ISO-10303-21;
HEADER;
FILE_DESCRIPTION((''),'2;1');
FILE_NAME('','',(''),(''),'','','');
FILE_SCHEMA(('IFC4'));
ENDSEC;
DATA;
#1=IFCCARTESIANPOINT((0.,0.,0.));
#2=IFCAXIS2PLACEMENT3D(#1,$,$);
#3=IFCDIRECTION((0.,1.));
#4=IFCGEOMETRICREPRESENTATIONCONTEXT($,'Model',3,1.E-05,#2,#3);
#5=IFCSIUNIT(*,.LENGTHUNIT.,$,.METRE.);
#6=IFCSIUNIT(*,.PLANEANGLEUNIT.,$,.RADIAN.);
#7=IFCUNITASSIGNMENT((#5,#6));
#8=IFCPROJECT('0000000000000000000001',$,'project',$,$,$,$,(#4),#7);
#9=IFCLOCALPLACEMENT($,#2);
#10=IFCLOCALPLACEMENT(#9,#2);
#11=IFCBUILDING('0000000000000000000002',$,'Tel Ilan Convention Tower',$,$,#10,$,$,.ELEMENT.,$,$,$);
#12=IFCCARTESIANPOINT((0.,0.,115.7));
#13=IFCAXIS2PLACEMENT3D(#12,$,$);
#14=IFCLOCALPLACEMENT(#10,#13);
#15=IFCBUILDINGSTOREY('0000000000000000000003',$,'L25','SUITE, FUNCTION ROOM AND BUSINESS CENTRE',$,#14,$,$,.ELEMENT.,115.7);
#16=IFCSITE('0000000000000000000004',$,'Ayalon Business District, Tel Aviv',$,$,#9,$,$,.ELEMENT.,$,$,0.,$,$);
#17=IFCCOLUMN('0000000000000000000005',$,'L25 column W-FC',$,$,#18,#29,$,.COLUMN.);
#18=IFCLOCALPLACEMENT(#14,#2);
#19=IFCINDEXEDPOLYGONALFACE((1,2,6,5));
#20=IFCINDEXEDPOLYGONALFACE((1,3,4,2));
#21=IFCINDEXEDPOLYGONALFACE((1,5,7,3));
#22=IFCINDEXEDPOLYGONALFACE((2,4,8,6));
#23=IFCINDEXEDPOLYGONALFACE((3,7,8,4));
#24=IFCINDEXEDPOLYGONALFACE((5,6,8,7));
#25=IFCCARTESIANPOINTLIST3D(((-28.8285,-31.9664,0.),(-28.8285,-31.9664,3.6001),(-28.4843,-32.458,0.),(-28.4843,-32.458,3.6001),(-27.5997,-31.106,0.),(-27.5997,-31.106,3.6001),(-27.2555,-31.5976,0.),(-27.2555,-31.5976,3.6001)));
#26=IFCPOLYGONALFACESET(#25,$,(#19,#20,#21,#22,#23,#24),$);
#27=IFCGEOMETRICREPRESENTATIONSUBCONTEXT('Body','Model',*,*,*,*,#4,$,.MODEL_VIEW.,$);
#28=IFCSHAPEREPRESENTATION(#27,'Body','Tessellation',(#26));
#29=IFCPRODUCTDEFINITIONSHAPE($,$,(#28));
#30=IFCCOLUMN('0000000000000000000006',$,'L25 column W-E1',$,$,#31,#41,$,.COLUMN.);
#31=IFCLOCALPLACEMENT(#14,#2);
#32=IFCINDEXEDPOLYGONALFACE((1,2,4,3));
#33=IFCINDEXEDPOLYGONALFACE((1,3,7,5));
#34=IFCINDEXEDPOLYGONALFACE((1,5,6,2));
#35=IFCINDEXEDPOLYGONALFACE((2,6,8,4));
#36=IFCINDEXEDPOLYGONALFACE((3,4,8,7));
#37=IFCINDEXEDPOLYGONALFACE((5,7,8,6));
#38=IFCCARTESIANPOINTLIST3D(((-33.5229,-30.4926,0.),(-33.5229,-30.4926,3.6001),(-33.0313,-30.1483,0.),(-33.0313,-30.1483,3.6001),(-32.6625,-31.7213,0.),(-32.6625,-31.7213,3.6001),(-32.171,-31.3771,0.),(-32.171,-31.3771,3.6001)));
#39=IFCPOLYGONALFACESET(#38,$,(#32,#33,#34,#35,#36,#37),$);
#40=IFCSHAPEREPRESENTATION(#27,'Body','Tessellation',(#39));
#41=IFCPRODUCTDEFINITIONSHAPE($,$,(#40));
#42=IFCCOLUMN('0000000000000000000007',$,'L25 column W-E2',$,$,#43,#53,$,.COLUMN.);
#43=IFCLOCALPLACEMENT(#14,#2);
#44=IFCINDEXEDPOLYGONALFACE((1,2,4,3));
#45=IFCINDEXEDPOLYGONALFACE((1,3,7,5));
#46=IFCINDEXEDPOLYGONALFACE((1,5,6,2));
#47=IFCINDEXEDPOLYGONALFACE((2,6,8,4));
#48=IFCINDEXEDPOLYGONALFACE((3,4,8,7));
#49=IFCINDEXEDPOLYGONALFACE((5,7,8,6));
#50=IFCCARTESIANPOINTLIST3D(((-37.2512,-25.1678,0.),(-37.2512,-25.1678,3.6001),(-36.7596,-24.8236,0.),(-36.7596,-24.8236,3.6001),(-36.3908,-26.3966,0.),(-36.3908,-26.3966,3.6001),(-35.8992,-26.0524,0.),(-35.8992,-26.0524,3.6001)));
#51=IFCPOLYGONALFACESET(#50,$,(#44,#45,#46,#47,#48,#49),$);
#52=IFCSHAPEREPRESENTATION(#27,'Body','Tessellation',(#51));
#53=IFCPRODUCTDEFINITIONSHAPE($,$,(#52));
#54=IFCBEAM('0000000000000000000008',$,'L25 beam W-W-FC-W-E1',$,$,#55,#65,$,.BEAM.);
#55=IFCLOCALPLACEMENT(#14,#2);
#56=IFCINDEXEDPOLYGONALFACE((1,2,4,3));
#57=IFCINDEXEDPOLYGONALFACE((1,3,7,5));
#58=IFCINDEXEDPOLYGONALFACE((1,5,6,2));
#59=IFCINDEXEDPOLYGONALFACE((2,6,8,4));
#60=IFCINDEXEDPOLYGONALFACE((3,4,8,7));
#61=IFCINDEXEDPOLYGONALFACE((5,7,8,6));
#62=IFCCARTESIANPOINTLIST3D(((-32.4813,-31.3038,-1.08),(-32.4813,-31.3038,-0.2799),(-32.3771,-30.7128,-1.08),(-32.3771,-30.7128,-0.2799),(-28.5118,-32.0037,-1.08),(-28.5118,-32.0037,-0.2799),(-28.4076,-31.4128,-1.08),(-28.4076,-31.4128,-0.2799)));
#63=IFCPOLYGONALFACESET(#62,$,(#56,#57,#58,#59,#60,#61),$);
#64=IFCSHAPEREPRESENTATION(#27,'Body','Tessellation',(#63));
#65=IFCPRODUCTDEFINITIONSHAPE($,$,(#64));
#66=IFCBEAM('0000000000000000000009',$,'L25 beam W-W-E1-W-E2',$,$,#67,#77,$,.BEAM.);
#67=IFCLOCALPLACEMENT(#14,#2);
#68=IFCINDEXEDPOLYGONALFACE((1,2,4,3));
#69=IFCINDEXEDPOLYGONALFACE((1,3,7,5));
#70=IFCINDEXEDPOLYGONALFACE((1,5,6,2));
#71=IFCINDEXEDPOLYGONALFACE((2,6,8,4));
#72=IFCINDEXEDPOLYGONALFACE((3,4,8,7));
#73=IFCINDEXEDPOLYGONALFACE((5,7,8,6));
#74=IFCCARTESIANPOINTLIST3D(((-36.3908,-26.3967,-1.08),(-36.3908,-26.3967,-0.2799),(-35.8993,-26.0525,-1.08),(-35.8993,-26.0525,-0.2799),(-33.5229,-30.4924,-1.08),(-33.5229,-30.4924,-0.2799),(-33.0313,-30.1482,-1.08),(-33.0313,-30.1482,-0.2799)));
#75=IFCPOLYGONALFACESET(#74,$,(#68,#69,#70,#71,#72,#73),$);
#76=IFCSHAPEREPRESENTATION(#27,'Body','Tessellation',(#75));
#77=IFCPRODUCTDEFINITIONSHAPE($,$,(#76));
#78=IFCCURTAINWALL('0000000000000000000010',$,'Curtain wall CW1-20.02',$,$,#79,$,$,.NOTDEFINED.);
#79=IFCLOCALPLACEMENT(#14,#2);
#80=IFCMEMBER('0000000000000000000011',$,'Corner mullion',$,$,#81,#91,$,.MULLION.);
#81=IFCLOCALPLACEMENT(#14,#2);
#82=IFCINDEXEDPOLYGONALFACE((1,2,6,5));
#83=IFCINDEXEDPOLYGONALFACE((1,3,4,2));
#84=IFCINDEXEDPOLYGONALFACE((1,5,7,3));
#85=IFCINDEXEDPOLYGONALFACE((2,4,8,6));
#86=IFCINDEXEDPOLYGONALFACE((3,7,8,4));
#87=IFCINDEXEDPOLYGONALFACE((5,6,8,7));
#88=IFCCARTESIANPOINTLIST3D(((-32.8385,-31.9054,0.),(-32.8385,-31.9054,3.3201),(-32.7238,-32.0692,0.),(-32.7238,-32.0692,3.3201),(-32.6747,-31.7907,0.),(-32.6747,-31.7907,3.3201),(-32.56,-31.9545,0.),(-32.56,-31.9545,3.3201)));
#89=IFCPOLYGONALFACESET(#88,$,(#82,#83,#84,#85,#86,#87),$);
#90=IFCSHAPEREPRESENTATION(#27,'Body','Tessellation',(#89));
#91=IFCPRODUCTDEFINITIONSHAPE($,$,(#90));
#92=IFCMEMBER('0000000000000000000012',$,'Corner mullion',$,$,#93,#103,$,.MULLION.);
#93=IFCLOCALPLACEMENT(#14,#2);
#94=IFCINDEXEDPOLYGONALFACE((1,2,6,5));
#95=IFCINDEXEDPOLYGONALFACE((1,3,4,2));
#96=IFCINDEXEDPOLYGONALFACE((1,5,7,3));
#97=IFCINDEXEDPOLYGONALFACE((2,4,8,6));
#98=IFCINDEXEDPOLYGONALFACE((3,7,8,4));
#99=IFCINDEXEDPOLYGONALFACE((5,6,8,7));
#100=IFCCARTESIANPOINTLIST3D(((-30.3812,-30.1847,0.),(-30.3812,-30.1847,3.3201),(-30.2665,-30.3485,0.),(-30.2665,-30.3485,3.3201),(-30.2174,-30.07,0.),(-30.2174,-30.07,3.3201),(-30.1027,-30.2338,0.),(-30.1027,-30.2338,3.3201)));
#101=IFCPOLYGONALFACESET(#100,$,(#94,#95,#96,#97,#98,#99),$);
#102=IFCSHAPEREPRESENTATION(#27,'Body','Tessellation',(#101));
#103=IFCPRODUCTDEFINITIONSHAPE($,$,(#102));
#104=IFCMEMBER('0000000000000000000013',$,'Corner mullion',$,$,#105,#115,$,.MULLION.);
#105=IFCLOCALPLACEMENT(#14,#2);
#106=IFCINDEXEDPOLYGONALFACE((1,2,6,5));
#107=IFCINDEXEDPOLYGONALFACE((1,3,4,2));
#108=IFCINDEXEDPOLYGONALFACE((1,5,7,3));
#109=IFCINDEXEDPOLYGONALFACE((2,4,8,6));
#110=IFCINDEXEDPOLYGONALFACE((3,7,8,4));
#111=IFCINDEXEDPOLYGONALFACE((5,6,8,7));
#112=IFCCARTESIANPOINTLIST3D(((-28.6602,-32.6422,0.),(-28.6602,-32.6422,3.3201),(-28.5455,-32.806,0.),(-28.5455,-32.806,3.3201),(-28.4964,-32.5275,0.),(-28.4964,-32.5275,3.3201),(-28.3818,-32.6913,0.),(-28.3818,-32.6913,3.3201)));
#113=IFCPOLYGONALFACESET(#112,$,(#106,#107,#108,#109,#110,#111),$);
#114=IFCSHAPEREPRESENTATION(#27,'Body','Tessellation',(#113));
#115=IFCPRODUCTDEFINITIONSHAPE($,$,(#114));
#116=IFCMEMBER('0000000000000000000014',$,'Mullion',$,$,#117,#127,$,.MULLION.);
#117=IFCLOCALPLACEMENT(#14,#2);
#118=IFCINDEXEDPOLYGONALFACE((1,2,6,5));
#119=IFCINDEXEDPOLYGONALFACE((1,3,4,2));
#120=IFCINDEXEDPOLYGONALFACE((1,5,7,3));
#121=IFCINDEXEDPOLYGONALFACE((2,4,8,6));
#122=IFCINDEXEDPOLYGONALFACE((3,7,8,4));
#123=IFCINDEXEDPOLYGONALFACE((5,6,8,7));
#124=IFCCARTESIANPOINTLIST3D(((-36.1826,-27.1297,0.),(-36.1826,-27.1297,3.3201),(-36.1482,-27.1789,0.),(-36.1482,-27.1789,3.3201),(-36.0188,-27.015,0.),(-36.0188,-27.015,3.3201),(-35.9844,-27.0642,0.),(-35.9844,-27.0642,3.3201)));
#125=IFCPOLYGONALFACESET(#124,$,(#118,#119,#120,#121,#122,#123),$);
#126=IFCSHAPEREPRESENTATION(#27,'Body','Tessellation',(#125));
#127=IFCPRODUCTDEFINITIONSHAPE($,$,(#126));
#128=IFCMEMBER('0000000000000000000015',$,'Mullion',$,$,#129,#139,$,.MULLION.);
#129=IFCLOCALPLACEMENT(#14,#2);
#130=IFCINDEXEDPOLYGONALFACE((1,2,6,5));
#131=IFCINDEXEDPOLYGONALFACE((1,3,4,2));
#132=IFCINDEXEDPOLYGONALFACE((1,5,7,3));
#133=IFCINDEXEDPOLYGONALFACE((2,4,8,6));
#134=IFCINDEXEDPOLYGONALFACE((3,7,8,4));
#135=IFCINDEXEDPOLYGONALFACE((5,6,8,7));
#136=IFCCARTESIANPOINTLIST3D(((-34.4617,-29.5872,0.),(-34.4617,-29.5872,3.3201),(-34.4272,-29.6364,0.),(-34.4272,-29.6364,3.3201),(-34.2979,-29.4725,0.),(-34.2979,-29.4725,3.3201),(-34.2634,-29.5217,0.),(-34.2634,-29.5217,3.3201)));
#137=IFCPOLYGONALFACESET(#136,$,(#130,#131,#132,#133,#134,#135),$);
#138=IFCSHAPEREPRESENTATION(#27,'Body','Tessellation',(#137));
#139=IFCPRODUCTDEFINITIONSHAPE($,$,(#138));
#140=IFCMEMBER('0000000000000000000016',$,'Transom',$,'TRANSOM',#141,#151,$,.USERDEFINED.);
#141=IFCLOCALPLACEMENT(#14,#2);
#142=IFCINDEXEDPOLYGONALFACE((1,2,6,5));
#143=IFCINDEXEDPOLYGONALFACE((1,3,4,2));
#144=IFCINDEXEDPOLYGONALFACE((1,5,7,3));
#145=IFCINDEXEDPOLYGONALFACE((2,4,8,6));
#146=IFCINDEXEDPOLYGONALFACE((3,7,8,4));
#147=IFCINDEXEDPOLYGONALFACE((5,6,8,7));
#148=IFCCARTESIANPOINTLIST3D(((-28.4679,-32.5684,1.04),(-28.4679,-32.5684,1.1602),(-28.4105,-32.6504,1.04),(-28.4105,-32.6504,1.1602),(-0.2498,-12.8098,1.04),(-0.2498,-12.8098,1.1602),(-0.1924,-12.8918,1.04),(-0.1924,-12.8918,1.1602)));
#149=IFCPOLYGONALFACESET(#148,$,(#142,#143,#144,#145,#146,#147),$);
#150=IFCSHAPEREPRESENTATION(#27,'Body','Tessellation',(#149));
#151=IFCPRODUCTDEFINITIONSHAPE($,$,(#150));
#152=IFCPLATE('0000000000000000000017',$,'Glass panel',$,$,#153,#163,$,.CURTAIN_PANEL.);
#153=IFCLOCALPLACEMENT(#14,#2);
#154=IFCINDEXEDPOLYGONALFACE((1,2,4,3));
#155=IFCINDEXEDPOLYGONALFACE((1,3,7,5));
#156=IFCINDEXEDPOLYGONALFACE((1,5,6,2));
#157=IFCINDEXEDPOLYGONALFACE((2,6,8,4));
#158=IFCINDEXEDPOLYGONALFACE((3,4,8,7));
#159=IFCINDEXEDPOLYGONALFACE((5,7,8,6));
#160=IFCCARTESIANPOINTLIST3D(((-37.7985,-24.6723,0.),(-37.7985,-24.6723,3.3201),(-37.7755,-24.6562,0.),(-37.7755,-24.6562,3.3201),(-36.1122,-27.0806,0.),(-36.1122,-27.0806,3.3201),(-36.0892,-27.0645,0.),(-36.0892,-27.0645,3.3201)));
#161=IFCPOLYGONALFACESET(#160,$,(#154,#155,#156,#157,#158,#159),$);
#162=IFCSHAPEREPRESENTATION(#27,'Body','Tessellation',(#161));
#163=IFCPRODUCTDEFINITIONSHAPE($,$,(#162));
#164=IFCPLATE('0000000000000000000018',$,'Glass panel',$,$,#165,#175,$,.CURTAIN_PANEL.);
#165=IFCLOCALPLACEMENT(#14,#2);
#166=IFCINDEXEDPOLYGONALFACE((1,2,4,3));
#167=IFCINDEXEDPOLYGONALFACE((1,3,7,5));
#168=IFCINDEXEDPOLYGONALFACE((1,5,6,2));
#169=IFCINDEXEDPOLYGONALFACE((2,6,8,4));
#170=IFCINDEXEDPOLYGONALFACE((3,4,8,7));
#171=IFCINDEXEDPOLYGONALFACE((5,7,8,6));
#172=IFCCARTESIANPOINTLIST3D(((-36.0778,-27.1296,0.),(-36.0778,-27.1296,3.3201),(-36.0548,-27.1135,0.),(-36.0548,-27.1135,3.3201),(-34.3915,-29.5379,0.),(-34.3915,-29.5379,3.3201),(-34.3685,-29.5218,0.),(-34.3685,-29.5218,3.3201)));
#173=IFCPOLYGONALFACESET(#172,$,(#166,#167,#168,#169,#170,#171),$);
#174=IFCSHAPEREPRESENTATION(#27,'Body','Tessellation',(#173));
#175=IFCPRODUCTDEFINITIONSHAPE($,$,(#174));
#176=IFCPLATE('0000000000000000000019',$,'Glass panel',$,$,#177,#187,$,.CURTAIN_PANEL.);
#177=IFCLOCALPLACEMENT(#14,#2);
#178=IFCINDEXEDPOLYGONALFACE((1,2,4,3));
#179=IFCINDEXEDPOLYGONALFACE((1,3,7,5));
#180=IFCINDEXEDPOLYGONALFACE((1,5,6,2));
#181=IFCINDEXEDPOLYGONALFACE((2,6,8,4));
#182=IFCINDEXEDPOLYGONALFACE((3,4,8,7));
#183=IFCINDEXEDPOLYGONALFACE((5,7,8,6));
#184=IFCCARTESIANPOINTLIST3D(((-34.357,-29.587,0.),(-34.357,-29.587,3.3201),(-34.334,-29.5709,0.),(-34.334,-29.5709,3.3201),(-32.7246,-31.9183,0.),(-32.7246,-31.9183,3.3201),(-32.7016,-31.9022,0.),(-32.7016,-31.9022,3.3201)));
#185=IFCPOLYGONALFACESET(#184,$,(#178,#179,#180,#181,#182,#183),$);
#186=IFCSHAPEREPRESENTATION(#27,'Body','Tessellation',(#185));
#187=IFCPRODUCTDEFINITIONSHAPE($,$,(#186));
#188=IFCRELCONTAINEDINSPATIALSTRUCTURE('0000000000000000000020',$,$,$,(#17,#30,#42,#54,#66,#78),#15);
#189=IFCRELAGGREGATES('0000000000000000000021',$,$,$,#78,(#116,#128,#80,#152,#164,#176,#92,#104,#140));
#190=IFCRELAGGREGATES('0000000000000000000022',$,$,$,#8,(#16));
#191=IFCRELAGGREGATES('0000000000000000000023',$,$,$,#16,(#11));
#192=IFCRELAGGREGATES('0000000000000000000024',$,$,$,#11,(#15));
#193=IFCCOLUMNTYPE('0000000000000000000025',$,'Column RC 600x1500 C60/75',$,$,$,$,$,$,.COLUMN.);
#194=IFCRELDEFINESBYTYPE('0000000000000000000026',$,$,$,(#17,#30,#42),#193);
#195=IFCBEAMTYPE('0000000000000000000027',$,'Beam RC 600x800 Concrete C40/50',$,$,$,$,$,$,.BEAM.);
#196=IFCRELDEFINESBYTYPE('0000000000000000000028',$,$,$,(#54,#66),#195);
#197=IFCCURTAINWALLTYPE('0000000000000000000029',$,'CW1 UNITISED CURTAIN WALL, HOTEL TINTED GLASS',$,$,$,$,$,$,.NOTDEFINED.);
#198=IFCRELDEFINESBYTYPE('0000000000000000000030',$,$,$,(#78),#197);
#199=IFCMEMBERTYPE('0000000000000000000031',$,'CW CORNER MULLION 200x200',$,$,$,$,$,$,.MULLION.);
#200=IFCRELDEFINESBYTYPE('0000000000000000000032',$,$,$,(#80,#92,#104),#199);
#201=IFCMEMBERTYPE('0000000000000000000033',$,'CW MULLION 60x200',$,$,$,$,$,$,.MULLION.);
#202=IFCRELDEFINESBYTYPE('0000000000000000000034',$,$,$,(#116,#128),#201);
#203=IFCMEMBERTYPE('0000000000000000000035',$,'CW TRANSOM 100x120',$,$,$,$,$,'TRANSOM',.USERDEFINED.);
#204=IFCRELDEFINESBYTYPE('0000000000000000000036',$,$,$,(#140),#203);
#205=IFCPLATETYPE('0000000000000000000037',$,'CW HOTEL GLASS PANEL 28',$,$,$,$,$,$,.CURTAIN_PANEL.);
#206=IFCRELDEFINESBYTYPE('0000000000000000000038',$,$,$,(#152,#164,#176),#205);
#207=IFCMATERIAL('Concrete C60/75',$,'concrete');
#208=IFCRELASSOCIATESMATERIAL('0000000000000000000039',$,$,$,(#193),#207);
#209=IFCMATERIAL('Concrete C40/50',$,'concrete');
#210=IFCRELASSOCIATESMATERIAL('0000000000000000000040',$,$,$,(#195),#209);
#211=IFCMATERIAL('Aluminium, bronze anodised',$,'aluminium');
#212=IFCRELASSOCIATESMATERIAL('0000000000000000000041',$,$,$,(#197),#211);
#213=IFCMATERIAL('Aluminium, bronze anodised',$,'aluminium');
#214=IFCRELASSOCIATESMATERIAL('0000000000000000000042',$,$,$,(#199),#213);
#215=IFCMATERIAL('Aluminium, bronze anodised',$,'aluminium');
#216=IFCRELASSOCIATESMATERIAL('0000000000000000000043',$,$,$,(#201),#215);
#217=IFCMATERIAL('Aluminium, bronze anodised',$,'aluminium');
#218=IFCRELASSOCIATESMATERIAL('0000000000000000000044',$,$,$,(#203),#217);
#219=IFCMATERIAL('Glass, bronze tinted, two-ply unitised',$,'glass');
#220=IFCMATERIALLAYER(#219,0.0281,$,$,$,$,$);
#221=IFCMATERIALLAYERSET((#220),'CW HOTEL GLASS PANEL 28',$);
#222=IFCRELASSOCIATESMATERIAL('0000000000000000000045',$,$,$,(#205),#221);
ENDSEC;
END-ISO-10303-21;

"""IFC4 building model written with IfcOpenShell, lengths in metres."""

from ifc_helpers import new_model, si_unit, direction, frame, origin, origin_2d, place, context, subcontext, project, spatial, rectangle, extrude, material, layer, layer_set, material_profile, profile_set, type_object, element, aggregate, save


model = new_model("IFC4")

# Units and contexts
model_context = context("Model", 3, precision=1e-05, world=origin(), true_north=direction((0.0, 1.0)))
body_context = subcontext(model_context, "Body", "Model", "MODEL_VIEW")
ifc_project = project(units=[si_unit("LENGTHUNIT", "METRE"), si_unit("PLANEANGLEUNIT", "RADIAN")], contexts=[model_context])

# Site, building, storey
site_placement = place(None, origin())
site = spatial("IfcSite", under=ifc_project, at=site_placement, Name="Ayalon Business District, Tel Aviv", CompositionType="ELEMENT", RefElevation=0.0)
building_placement = place(site_placement, origin())
building = spatial("IfcBuilding", under=site, at=building_placement, Name="Tel Ilan Convention Tower", CompositionType="ELEMENT")
storey_placement = place(building_placement, frame((0.0, 0.0, 115.7)))
storey = spatial("IfcBuildingStorey", under=building, at=storey_placement, Name="L25", Description="SUITE, FUNCTION ROOM AND BUSINESS CENTRE", CompositionType="ELEMENT", Elevation=115.7)

# Columns
ifc_material_1 = material(Name="Concrete C60/75", Category="concrete")
ifc_material_profile_1 = material_profile(ifc_material_1, rectangle(XDim=1.5, YDim=0.6001, at=origin_2d()), Name="RC 600x1500")
ifc_profile_set_1 = profile_set([ifc_material_profile_1], Name="Concrete C60/75")
column_type = type_object("IfcColumnType", Name="Column RC 600x1500 C60/75", PredefinedType="COLUMN", material=ifc_profile_set_1)
for number, where, z_axis, x_axis, name in (
    (1, (-28.042, -31.782, 0.0), (0.0, 0.0, 1.0), (-0.819152, -0.573576, 0.0), "L25 column W-FC"),
    (2, (-32.8469, -30.9348, 0.0), (0.0, 0.0, 1.0), (-0.573576, 0.819152, 0.0), "L25 column W-E1"),
    (3, (-36.5752, -25.6101, 0.0), (0.0, 0.0, 1.0), (-0.573576, 0.819152, 0.0), "L25 column W-E2"),
):
    element("IfcColumn", number, at=place(storey_placement, frame(where, z_axis=z_axis, x_axis=x_axis)), inside=storey, type_object=column_type, Name=name, PredefinedType="COLUMN", context=body_context, shape_type="SweptSolid", body=[
        extrude(rectangle(XDim=1.5, YDim=0.6001, at=origin_2d()), origin(), (0.0, 0.0, 1.0), 3.6001),
    ])

# Beams
ifc_material_2 = material(Name="Concrete C40/50", Category="concrete")
ifc_material_profile_2 = material_profile(ifc_material_2, rectangle(XDim=0.6001, YDim=0.8, at=origin_2d()), Name="RC 600x800")
ifc_profile_set_2 = profile_set([ifc_material_profile_2], Name="Concrete C40/50")
beam_type = type_object("IfcBeamType", Name="Beam RC 600x800 Concrete C40/50", PredefinedType="BEAM", material=ifc_profile_set_2)
beam_1_placement = place(storey_placement, frame((-28.4597, -31.7083, -0.6799), z_axis=(-0.984807, 0.173654, 0.0), x_axis=(-0.173654, -0.984807, 0.0)))
element("IfcBeam", 4, at=beam_1_placement, inside=storey, type_object=beam_type, Name="L25 beam W-W-FC-W-E1", PredefinedType="BEAM", context=body_context, shape_type="SweptSolid", body=[
    extrude(rectangle(XDim=0.6001, YDim=0.8, at=origin_2d()), origin(), (0.0, 0.0, 1.0), 4.0308),
])
beam_2_placement = place(storey_placement, frame((-33.2771, -30.3203, -0.6799), z_axis=(-0.573587, 0.819145, 0.0), x_axis=(-0.819145, -0.573587, 0.0)))
element("IfcBeam", 5, at=beam_2_placement, inside=storey, type_object=beam_type, Name="L25 beam W-W-E1-W-E2", PredefinedType="BEAM", context=body_context, shape_type="SweptSolid", body=[
    extrude(rectangle(XDim=0.6001, YDim=0.8, at=origin_2d()), origin(), (0.0, 0.0, 1.0), 5.0),
])

# Curtain wall, members, plates
ifc_material_3 = material(Name="Aluminium, bronze anodised", Category="aluminium")
curtain_wall_type = type_object("IfcCurtainWallType", Name="CW1 UNITISED CURTAIN WALL, HOTEL TINTED GLASS", PredefinedType="NOTDEFINED", material=ifc_material_3)
curtain_wall_placement = place(storey_placement, origin())
curtain_wall = element("IfcCurtainWall", 6, at=curtain_wall_placement, inside=storey, type_object=curtain_wall_type, Name="Curtain wall CW1-20.02", PredefinedType="NOTDEFINED")
ifc_material_4 = material(Name="Aluminium, bronze anodised", Category="aluminium")
ifc_material_profile_3 = material_profile(ifc_material_4, rectangle(XDim=0.2, YDim=0.2, at=origin_2d()), Name="CW CORNER MULLION 200x200")
ifc_profile_set_3 = profile_set([ifc_material_profile_3], Name="Aluminium, bronze anodised")
member_type_1 = type_object("IfcMemberType", Name="CW CORNER MULLION 200x200", PredefinedType="MULLION", material=ifc_profile_set_3)
member_1_placement = place(storey_placement, frame((-32.6992, -31.9299, 0.0), z_axis=(0.0, 0.0, 1.0), x_axis=(0.573576, -0.819152, 0.0)))
member_1 = element("IfcMember", 7, at=member_1_placement, type_object=member_type_1, Name="Corner mullion", PredefinedType="MULLION", context=body_context, shape_type="SweptSolid", body=[
    extrude(rectangle(XDim=0.2, YDim=0.2, at=origin_2d()), origin(), (0.0, 0.0, 1.0), 3.3201),
])
member_2_placement = place(storey_placement, frame((-30.2419, -30.2092, 0.0), z_axis=(0.0, 0.0, 1.0), x_axis=(0.819152, 0.573576, 0.0)))
member_2 = element("IfcMember", 8, at=member_2_placement, type_object=member_type_1, Name="Corner mullion", PredefinedType="MULLION", context=body_context, shape_type="SweptSolid", body=[
    extrude(rectangle(XDim=0.2, YDim=0.2, at=origin_2d()), origin(), (0.0, 0.0, 1.0), 3.3201),
])
member_3_placement = place(storey_placement, frame((-28.521, -32.6667, 0.0), z_axis=(0.0, 0.0, 1.0), x_axis=(0.573576, -0.819152, 0.0)))
member_3 = element("IfcMember", 9, at=member_3_placement, type_object=member_type_1, Name="Corner mullion", PredefinedType="MULLION", context=body_context, shape_type="SweptSolid", body=[
    extrude(rectangle(XDim=0.2, YDim=0.2, at=origin_2d()), origin(), (0.0, 0.0, 1.0), 3.3201),
])
ifc_material_5 = material(Name="Aluminium, bronze anodised", Category="aluminium")
ifc_material_profile_4 = material_profile(ifc_material_5, rectangle(XDim=0.0601, YDim=0.2, at=origin_2d()), Name="CW MULLION 60x200")
ifc_profile_set_4 = profile_set([ifc_material_profile_4], Name="Aluminium, bronze anodised")
member_type_2 = type_object("IfcMemberType", Name="CW MULLION 60x200", PredefinedType="MULLION", material=ifc_profile_set_4)
member_4_placement = place(storey_placement, frame((-36.0835, -27.0969, 0.0), z_axis=(0.0, 0.0, 1.0), x_axis=(0.573576, -0.819152, 0.0)))
member_4 = element("IfcMember", 10, at=member_4_placement, type_object=member_type_2, Name="Mullion", PredefinedType="MULLION", context=body_context, shape_type="SweptSolid", body=[
    extrude(rectangle(XDim=0.0601, YDim=0.2, at=origin_2d()), origin(), (0.0, 0.0, 1.0), 3.3201),
])
member_5_placement = place(storey_placement, frame((-34.3625, -29.5544, 0.0), z_axis=(0.0, 0.0, 1.0), x_axis=(0.573576, -0.819152, 0.0)))
member_5 = element("IfcMember", 11, at=member_5_placement, type_object=member_type_2, Name="Mullion", PredefinedType="MULLION", context=body_context, shape_type="SweptSolid", body=[
    extrude(rectangle(XDim=0.0601, YDim=0.2, at=origin_2d()), origin(), (0.0, 0.0, 1.0), 3.3201),
])
ifc_material_6 = material(Name="Aluminium, bronze anodised", Category="aluminium")
ifc_material_profile_5 = material_profile(ifc_material_6, rectangle(XDim=0.1001, YDim=0.1201, at=origin_2d()), Name="CW TRANSOM 100x120")
ifc_profile_set_5 = profile_set([ifc_material_profile_5], Name="Aluminium, bronze anodised")
member_type_3 = type_object("IfcMemberType", Name="CW TRANSOM 100x120", ElementType="TRANSOM", PredefinedType="USERDEFINED", material=ifc_profile_set_5)
member_6_placement = place(storey_placement, frame((-28.4392, -32.6094, 1.1001), z_axis=(0.819151, 0.573578, 0.0), x_axis=(-0.573578, 0.819151, 0.0)))
member_6 = element("IfcMember", 12, at=member_6_placement, type_object=member_type_3, Name="Transom", ObjectType="TRANSOM", PredefinedType="USERDEFINED", context=body_context, shape_type="SweptSolid", body=[
    extrude(rectangle(XDim=0.1001, YDim=0.1201, at=origin_2d()), origin(), (0.0, 0.0, 1.0), 34.448),
])
ifc_material_7 = material(Name="Glass, bronze tinted, two-ply unitised", Category="glass")
ifc_layer_1 = layer(ifc_material_7, 0.0281)
ifc_layer_set_1 = layer_set([ifc_layer_1], Name="CW HOTEL GLASS PANEL 28")
plate_type = type_object("IfcPlateType", Name="CW HOTEL GLASS PANEL 28", PredefinedType="CURTAIN_PANEL", material=ifc_layer_set_1)
plate_1_placement = place(storey_placement, frame((-36.9438, -25.8684, 0.0), z_axis=(0.0, 0.0, 1.0), x_axis=(0.573576, -0.819152, 0.0)))
plate_1 = element("IfcPlate", 13, at=plate_1_placement, type_object=plate_type, Name="Glass panel", PredefinedType="CURTAIN_PANEL", context=body_context, shape_type="SweptSolid", body=[
    extrude(rectangle(XDim=2.9399, YDim=0.0281, at=origin_2d()), origin(), (0.0, 0.0, 1.0), 3.3201),
])
plate_2_placement = place(storey_placement, frame((-35.2231, -28.3257, 0.0), z_axis=(0.0, 0.0, 1.0), x_axis=(0.573576, -0.819152, 0.0)))
plate_2 = element("IfcPlate", 14, at=plate_2_placement, type_object=plate_type, Name="Glass panel", PredefinedType="CURTAIN_PANEL", context=body_context, shape_type="SweptSolid", body=[
    extrude(rectangle(XDim=2.9399, YDim=0.0281, at=origin_2d()), origin(), (0.0, 0.0, 1.0), 3.3201),
])
plate_3_placement = place(storey_placement, frame((-33.5293, -30.7446, 0.0), z_axis=(0.0, 0.0, 1.0), x_axis=(0.573576, -0.819152, 0.0)))
plate_3 = element("IfcPlate", 15, at=plate_3_placement, type_object=plate_type, Name="Glass panel", PredefinedType="CURTAIN_PANEL", context=body_context, shape_type="SweptSolid", body=[
    extrude(rectangle(XDim=2.8459, YDim=0.0281, at=origin_2d()), origin(), (0.0, 0.0, 1.0), 3.3201),
])
aggregate(curtain_wall, [member_4, member_5, member_1, plate_1, plate_2, plate_3, member_2, member_3, member_6])

save(model, "model.ifc")
